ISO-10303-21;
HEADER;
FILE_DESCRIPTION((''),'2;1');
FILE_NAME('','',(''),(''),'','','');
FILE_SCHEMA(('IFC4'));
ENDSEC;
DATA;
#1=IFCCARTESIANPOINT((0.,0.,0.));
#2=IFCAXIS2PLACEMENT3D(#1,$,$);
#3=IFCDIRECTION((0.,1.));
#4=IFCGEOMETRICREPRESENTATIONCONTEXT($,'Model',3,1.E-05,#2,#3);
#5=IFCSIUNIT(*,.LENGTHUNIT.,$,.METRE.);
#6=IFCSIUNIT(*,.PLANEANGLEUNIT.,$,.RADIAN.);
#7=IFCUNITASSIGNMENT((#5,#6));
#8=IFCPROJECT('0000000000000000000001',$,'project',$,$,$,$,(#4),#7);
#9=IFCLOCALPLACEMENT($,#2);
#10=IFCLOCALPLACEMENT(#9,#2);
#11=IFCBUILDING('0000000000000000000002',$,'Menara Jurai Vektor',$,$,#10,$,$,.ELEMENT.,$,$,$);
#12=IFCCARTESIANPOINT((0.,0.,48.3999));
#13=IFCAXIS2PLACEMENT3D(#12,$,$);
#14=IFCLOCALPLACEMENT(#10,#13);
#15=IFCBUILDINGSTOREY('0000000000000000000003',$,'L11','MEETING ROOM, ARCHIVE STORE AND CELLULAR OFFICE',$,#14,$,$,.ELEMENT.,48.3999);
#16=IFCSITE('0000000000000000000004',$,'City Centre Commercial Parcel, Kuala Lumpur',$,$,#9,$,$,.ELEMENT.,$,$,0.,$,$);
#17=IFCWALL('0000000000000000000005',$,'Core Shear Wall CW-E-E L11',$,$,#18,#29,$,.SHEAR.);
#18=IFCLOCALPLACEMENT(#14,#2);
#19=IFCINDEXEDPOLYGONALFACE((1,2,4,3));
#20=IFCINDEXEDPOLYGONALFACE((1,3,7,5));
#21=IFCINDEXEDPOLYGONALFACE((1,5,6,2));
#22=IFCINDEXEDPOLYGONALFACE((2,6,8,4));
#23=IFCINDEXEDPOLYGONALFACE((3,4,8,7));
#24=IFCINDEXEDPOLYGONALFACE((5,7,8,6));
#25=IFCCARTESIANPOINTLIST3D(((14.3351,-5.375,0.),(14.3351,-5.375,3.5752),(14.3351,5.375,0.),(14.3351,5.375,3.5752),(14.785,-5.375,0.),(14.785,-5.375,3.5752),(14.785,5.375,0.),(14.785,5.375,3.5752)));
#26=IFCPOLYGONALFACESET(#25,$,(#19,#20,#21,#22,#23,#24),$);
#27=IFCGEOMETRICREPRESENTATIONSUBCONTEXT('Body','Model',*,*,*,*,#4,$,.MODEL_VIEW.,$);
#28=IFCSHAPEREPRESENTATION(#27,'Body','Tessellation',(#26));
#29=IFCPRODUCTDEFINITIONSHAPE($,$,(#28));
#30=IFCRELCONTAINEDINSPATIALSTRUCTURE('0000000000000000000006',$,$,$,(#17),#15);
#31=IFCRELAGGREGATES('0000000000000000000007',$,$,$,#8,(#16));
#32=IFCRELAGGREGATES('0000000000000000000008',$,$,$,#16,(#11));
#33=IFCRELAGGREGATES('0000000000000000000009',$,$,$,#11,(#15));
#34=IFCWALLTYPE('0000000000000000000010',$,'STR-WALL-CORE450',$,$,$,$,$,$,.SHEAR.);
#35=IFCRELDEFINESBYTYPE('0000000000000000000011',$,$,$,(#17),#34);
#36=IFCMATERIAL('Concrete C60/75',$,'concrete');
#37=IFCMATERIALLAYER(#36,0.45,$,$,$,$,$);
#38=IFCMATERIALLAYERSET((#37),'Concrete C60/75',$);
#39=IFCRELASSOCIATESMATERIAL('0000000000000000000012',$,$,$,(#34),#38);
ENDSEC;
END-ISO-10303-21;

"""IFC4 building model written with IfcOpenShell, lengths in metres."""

from ifc_helpers import new_model, si_unit, direction, frame, frame_2d, origin, place, context, subcontext, project, spatial, rectangle, extrude, material, layer, layer_set, type_object, element, save


model = new_model("IFC4")

# Units and contexts
model_context = context("Model", 3, precision=1e-05, world=origin(), true_north=direction((0.0, 1.0)))
body_context = subcontext(model_context, "Body", "Model", "MODEL_VIEW")
ifc_project = project(units=[si_unit("LENGTHUNIT", "METRE"), si_unit("PLANEANGLEUNIT", "RADIAN")], contexts=[model_context])

# Site, building, storey
site_placement = place(None, origin())
site = spatial("IfcSite", under=ifc_project, at=site_placement, Name="City Centre Commercial Parcel, Kuala Lumpur", CompositionType="ELEMENT", RefElevation=0.0)
building_placement = place(site_placement, origin())
building = spatial("IfcBuilding", under=site, at=building_placement, Name="Menara Jurai Vektor", CompositionType="ELEMENT")
storey_placement = place(building_placement, frame((0.0, 0.0, 48.3999)))
storey = spatial("IfcBuildingStorey", under=building, at=storey_placement, Name="L11", Description="MEETING ROOM, ARCHIVE STORE AND CELLULAR OFFICE", CompositionType="ELEMENT", Elevation=48.3999)

# Shared definitions
ifc_material_1 = material(Name="Concrete C60/75", Category="concrete")

# Wall
ifc_layer_1 = layer(ifc_material_1, 0.45)
ifc_layer_set_1 = layer_set([ifc_layer_1], Name="Concrete C60/75")
wall_type_1 = type_object("IfcWallType", Name="STR-WALL-CORE450", PredefinedType="SHEAR", material=ifc_layer_set_1)
wall_1_placement = place(storey_placement, frame((14.5601, -5.375, 0.0), z_axis=(0.0, 0.0, 1.0), x_axis=(0.0, 1.0, 0.0)))
element("IfcWall", 1, at=wall_1_placement, inside=storey, type_object=wall_type_1, Name="Core Shear Wall CW-E-E L11", PredefinedType="SHEAR", context=body_context, shape_type="SweptSolid", body=[
    extrude(rectangle(XDim=10.75, YDim=0.45, at=frame_2d((5.375, 0.0))), origin(), (0.0, 0.0, 1.0), 3.5752),
])

save(model, "model.ifc")
